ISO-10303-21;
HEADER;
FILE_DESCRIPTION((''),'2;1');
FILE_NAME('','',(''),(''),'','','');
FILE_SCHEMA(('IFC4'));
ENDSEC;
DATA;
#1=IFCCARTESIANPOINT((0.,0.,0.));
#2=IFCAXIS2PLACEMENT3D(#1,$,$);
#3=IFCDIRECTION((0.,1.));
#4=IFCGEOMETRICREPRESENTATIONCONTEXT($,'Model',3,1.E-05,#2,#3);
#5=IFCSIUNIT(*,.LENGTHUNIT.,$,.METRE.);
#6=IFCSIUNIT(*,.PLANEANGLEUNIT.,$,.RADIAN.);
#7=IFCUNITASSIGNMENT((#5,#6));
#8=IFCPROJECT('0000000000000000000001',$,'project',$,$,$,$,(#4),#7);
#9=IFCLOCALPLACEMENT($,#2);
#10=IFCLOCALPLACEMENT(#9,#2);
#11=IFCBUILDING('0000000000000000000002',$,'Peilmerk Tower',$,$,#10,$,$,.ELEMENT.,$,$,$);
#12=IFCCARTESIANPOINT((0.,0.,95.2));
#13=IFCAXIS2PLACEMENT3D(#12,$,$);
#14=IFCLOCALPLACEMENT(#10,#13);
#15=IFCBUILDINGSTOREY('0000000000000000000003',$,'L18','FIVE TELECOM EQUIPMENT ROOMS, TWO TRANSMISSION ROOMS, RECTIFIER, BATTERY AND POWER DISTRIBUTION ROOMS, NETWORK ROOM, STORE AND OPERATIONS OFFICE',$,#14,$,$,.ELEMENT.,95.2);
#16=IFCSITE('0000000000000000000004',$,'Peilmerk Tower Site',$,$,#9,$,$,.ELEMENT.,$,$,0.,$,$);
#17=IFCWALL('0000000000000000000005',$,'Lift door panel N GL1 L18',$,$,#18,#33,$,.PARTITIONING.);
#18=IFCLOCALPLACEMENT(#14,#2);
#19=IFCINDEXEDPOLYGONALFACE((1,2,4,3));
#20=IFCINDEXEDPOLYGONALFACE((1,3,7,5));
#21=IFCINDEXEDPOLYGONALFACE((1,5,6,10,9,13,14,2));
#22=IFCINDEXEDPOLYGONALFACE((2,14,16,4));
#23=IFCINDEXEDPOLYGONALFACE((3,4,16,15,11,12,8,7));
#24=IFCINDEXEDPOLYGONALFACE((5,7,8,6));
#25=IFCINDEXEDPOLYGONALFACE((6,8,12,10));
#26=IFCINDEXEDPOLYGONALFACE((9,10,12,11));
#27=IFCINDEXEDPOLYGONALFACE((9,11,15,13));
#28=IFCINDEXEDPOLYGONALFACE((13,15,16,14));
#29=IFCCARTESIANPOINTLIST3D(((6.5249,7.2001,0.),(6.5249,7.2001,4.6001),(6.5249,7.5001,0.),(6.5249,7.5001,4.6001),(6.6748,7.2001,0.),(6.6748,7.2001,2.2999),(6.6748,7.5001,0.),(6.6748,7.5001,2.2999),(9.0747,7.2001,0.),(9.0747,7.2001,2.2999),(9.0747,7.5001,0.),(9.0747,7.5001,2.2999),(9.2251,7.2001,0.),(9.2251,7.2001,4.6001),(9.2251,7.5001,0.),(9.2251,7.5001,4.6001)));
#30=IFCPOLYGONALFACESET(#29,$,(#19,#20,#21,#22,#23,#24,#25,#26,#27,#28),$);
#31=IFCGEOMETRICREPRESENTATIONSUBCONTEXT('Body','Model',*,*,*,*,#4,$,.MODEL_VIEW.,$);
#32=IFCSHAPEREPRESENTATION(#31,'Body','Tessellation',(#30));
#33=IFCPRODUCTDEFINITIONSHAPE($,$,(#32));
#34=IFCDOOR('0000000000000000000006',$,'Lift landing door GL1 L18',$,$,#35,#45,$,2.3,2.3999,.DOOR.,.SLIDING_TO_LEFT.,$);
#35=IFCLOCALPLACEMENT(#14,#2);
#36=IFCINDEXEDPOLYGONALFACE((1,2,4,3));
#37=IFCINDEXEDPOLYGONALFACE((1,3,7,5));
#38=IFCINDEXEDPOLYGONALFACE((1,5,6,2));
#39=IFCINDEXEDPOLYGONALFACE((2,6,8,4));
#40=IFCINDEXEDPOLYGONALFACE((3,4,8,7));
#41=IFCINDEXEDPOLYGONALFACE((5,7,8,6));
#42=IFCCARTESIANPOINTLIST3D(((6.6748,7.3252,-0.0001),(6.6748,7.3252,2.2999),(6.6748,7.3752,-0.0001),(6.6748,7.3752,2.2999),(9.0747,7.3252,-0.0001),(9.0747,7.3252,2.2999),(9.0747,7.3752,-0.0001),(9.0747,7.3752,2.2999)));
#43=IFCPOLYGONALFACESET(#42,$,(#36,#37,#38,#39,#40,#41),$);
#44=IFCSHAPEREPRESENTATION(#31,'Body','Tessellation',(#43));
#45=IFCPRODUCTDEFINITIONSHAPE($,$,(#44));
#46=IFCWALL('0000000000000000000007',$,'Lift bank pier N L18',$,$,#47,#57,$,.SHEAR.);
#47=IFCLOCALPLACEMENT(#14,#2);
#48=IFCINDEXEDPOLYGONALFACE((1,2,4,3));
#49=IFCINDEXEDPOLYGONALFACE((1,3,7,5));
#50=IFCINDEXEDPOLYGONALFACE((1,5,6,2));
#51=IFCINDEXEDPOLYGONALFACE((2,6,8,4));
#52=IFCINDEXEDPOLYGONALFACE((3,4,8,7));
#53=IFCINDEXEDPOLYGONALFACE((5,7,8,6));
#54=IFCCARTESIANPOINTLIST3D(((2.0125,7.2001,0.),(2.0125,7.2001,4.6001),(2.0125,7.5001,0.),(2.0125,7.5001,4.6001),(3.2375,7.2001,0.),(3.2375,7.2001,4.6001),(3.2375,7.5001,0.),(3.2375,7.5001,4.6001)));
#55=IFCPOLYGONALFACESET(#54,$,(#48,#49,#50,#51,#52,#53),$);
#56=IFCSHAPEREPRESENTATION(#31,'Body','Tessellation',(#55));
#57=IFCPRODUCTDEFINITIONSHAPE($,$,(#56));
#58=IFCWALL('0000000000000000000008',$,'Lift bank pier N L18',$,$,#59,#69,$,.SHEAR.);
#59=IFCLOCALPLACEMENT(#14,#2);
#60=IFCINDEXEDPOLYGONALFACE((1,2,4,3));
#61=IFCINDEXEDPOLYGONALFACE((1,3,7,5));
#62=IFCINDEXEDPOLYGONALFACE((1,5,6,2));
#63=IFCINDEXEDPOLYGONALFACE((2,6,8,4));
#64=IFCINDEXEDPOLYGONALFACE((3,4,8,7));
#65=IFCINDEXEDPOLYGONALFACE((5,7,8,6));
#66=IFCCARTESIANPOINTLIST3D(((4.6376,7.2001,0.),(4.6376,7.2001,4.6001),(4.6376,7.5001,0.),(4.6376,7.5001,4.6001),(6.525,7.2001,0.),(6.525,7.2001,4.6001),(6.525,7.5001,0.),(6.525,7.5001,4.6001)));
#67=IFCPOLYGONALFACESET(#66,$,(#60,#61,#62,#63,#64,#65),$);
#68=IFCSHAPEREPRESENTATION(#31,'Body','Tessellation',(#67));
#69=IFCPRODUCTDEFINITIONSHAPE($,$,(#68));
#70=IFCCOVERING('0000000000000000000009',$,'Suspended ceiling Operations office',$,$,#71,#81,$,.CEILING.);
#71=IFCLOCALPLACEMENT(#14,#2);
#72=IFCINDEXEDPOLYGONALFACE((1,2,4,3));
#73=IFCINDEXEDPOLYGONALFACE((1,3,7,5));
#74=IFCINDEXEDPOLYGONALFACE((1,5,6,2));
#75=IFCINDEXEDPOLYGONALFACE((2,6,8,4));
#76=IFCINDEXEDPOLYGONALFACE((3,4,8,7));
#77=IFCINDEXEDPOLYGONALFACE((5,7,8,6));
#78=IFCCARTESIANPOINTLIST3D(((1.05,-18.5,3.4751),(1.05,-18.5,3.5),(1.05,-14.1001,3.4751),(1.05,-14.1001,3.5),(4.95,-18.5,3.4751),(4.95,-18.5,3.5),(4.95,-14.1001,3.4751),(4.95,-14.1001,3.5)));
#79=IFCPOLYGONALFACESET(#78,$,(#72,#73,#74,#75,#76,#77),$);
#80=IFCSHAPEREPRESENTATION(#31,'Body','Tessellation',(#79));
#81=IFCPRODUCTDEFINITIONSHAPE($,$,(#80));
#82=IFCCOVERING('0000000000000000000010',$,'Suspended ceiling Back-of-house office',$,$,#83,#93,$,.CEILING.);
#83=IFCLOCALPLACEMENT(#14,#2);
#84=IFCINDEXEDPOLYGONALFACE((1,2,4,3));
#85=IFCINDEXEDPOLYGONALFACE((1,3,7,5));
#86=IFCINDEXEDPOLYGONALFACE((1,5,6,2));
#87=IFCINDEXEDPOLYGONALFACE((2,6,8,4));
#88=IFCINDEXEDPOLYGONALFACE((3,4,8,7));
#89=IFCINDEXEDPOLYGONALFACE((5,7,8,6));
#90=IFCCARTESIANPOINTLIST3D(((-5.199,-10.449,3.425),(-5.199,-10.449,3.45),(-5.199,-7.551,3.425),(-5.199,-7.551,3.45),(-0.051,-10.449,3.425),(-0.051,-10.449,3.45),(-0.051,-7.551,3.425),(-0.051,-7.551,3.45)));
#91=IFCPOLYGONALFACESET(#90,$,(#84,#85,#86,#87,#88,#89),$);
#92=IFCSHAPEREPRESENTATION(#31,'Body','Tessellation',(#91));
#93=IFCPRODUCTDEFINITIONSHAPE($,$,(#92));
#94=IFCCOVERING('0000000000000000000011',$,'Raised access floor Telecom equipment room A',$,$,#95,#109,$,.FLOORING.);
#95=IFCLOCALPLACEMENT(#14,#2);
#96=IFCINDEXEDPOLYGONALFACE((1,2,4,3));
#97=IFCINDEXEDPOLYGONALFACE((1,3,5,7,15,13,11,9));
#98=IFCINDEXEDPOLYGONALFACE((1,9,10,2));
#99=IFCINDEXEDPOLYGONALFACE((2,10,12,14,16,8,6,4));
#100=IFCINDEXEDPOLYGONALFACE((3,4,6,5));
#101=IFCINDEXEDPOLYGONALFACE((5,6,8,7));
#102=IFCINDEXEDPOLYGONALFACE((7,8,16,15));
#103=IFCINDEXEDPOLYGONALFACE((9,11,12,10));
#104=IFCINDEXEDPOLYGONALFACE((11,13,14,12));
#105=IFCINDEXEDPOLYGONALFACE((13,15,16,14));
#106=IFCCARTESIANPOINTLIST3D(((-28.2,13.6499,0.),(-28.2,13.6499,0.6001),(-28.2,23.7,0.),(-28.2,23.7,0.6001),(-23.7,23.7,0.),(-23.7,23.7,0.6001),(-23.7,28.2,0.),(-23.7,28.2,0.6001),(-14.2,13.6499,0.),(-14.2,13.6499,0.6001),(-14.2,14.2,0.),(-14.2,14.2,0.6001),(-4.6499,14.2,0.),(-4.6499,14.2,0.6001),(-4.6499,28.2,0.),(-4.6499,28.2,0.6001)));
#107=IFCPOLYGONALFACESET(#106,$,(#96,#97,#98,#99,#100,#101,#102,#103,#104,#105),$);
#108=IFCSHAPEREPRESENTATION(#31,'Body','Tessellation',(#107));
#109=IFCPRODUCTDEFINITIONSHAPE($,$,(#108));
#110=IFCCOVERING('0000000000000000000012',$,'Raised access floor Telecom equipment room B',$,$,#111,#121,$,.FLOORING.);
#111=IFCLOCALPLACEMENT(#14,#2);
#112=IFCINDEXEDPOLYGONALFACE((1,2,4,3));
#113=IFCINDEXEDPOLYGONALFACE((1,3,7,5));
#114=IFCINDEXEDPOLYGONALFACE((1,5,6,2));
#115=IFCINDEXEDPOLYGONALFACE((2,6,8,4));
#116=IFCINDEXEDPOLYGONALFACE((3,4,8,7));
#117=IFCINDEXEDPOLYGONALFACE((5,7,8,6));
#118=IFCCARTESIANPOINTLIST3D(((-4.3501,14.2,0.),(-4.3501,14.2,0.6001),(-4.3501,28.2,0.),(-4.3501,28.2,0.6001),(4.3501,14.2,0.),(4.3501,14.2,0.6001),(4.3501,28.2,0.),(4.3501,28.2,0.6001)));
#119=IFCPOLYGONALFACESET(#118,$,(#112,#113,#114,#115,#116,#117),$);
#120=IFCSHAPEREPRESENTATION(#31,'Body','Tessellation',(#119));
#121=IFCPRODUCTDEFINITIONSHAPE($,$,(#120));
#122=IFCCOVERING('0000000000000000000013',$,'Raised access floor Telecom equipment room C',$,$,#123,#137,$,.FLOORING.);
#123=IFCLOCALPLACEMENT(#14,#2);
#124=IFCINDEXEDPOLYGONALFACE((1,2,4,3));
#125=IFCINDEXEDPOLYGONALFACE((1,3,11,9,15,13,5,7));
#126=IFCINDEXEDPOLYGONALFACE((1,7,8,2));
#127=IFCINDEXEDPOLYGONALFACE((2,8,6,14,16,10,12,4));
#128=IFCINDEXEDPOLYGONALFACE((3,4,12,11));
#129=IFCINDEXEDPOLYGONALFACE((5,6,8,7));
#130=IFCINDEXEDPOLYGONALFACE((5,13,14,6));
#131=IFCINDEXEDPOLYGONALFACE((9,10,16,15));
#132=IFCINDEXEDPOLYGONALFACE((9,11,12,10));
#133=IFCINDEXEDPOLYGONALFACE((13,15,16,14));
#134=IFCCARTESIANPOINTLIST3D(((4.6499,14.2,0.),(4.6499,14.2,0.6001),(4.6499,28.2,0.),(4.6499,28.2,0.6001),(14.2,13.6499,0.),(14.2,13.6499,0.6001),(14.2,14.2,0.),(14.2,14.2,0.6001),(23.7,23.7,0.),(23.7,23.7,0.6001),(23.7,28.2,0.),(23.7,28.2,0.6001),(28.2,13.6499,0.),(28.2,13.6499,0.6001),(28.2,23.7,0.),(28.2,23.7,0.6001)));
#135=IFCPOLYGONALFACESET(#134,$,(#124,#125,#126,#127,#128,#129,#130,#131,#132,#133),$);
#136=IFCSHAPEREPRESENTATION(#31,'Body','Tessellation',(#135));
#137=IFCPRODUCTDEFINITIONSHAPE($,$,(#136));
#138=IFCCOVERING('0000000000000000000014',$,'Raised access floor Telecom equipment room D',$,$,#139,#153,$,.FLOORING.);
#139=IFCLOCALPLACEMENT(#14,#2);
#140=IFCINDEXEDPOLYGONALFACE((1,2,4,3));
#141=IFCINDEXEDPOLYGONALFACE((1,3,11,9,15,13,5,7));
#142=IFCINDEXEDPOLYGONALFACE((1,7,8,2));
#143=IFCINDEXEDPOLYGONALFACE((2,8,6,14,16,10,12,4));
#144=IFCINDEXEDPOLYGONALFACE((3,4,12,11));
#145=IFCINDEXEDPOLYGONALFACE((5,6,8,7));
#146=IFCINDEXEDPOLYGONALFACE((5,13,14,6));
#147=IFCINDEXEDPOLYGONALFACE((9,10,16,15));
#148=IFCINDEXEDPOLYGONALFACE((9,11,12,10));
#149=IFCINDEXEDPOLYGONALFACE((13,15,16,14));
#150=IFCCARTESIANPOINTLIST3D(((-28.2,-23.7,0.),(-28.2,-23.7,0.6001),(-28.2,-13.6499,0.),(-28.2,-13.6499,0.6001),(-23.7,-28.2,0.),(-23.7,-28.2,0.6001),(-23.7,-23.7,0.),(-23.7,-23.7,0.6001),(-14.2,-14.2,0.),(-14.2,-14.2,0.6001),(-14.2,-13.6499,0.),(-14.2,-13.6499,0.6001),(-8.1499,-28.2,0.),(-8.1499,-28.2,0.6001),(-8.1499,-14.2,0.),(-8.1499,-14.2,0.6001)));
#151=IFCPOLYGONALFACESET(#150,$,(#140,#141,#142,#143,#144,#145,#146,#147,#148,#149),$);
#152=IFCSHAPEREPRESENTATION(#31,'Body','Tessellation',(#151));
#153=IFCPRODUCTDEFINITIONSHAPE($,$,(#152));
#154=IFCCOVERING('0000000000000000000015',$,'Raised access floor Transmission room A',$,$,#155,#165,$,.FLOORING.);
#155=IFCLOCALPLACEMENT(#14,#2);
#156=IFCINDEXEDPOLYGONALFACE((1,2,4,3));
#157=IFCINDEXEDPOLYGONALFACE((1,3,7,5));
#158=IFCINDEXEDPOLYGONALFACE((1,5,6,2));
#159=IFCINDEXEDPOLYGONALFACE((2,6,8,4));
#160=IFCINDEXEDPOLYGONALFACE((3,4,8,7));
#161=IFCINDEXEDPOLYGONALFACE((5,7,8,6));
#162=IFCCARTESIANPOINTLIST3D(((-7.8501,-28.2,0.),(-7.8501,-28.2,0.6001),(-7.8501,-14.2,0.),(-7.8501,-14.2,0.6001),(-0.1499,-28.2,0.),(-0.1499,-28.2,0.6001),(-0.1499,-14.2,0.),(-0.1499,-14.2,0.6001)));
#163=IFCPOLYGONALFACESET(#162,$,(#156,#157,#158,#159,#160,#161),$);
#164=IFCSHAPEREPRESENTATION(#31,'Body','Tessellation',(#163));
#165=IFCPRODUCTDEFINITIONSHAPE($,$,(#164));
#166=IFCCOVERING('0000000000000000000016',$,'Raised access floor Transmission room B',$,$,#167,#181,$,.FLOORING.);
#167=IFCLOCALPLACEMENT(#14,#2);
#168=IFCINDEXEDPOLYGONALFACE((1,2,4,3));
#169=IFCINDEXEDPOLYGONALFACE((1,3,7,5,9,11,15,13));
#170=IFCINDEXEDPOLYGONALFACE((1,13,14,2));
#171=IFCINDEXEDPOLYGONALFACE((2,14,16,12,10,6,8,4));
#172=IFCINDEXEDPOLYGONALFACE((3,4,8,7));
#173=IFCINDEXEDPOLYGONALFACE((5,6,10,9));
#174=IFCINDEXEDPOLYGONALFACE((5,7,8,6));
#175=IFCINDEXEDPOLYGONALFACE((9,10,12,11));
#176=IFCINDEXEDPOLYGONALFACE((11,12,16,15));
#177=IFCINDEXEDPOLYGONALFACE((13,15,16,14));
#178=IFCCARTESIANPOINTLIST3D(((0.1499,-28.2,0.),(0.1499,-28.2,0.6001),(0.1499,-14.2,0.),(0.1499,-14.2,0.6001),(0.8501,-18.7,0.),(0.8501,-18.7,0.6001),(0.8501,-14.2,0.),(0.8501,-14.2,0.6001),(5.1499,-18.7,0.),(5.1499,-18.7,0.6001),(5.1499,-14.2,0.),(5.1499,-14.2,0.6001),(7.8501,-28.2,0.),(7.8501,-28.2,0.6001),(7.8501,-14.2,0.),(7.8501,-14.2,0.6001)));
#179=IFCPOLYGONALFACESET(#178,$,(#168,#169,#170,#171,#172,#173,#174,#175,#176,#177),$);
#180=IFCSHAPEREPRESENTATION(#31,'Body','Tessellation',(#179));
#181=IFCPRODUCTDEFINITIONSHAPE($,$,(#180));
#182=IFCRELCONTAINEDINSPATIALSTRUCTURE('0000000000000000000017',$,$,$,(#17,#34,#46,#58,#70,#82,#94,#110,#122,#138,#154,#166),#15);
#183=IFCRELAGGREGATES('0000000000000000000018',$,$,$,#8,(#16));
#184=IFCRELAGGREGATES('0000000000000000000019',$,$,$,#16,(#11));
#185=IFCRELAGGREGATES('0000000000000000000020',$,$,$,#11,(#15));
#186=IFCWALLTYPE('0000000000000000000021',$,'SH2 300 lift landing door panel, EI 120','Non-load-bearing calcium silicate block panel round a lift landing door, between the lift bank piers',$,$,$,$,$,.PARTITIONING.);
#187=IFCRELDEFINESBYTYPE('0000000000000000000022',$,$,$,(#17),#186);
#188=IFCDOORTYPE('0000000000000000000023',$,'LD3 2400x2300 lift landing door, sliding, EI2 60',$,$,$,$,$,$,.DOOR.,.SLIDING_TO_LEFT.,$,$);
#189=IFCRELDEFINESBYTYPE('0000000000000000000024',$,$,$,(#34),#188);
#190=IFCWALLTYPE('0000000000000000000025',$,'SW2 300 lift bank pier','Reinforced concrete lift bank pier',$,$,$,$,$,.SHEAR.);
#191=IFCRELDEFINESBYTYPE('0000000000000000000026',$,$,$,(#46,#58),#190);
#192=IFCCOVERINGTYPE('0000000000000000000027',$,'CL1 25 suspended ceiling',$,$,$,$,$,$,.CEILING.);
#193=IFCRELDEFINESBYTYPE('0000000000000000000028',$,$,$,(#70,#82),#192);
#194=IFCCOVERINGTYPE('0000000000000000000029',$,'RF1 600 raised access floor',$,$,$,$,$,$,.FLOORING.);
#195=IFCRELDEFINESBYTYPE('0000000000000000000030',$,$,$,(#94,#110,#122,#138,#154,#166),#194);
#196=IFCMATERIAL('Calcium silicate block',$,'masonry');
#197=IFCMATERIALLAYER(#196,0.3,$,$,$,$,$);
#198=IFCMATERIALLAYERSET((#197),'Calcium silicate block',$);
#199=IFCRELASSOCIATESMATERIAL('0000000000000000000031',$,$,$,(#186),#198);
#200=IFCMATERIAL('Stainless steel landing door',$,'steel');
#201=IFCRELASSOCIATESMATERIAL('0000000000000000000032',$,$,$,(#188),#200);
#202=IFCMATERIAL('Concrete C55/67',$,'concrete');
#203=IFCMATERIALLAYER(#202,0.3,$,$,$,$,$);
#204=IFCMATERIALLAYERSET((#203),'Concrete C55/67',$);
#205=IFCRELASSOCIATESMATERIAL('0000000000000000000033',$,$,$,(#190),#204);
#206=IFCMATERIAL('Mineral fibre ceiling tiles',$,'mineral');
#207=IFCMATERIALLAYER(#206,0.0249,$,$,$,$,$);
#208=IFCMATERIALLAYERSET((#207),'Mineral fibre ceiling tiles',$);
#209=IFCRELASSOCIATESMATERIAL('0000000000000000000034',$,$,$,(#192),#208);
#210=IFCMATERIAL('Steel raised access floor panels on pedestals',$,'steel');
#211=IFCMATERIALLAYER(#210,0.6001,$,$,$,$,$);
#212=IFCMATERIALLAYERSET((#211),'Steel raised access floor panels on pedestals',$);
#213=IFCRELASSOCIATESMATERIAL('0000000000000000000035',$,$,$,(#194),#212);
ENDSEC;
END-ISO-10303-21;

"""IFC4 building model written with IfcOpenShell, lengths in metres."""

from ifc_helpers import new_model, si_unit, direction, frame, frame_2d, origin, place, context, subcontext, project, spatial, polyline, rectangle, outline, extrude, material, layer, layer_set, type_object, element, fill, save


model = new_model("IFC4")

# Units and contexts
model_context = context("Model", 3, precision=1e-05, world=origin(), true_north=direction((0.0, 1.0)))
body_context = subcontext(model_context, "Body", "Model", "MODEL_VIEW")
ifc_project = project(units=[si_unit("LENGTHUNIT", "METRE"), si_unit("PLANEANGLEUNIT", "RADIAN")], contexts=[model_context])

# Site, building, storey
site_placement = place(None, origin())
site = spatial("IfcSite", under=ifc_project, at=site_placement, Name="Peilmerk Tower Site", CompositionType="ELEMENT", RefElevation=0.0)
building_placement = place(site_placement, origin())
building = spatial("IfcBuilding", under=site, at=building_placement, Name="Peilmerk Tower", CompositionType="ELEMENT")
storey_placement = place(building_placement, frame((0.0, 0.0, 95.2)))
storey = spatial("IfcBuildingStorey", under=building, at=storey_placement, Name="L18", Description="FIVE TELECOM EQUIPMENT ROOMS, TWO TRANSMISSION ROOMS, RECTIFIER, BATTERY AND POWER DISTRIBUTION ROOMS, NETWORK ROOM, STORE AND OPERATIONS OFFICE", CompositionType="ELEMENT", Elevation=95.2)

# Shared definitions
ifc_material_1 = material(Name="Calcium silicate block", Category="masonry")
ifc_layer_1 = layer(ifc_material_1, 0.3)
ifc_layer_set_1 = layer_set([ifc_layer_1], Name="Calcium silicate block")
wall_type_1 = type_object("IfcWallType", Name="SH2 300 lift landing door panel, EI 120", Description="Non-load-bearing calcium silicate block panel round a lift landing door, between the lift bank piers", PredefinedType="PARTITIONING", material=ifc_layer_set_1)

# Wall, opening, door
wall_1_placement = place(storey_placement, frame((6.5249, 7.3501, 0.0), z_axis=(0.0, 0.0, 1.0), x_axis=(1.0, 0.0, 0.0)))
wall_1 = element("IfcWall", 1, at=wall_1_placement, inside=storey, type_object=wall_type_1, Name="Lift door panel N GL1 L18", PredefinedType="PARTITIONING", context=body_context, shape_type="SweptSolid", body=[
    extrude(rectangle(XDim=2.7002, YDim=0.3, at=frame_2d((1.3501, 0.0))), origin(), (0.0, 0.0, 1.0), 4.6001),
])
opening_1_placement = place(wall_1_placement, frame((0.1499, 0.0, 0.0)))
opening_1 = element("IfcOpeningElement", 2, at=opening_1_placement, cuts=wall_1, PredefinedType="OPENING", context=body_context, shape_type="SweptSolid", body=[
    extrude(rectangle(XDim=2.3999, YDim=2.3, at=frame_2d((1.2, 1.1499))), frame((0.0, 0.1599, 0.0), z_axis=(0.0, -1.0, 0.0), x_axis=(1.0, 0.0, 0.0)), (0.0, 0.0, 1.0), 0.3201),
])
ifc_material_2 = material(Name="Stainless steel landing door", Category="steel")
door_type_1 = type_object("IfcDoorType", Name="LD3 2400x2300 lift landing door, sliding, EI2 60", OperationType="SLIDING_TO_LEFT", PredefinedType="DOOR", material=ifc_material_2)
door_1_placement = place(opening_1_placement, frame((2.3999, 0.0, 0.0), z_axis=(0.0, 0.0, 1.0), x_axis=(-1.0, 0.0, 0.0)))
door_1 = element("IfcDoor", 3, at=door_1_placement, inside=storey, type_object=door_type_1, Name="Lift landing door GL1 L18", OperationType="SLIDING_TO_LEFT", OverallHeight=2.3, OverallWidth=2.3999, PredefinedType="DOOR", context=body_context, shape_type="SweptSolid", body=[
    extrude(rectangle(XDim=2.3999, YDim=2.3, at=frame_2d((1.2, 1.1499))), frame((0.0, 0.0249, 0.0), z_axis=(0.0, -1.0, 0.0), x_axis=(1.0, 0.0, 0.0)), (0.0, 0.0, 1.0), 0.05),
])
fill(opening_1, door_1)

# Walls
ifc_material_3 = material(Name="Concrete C55/67", Category="concrete")
ifc_layer_2 = layer(ifc_material_3, 0.3)
ifc_layer_set_2 = layer_set([ifc_layer_2], Name="Concrete C55/67")
wall_type_2 = type_object("IfcWallType", Name="SW2 300 lift bank pier", Description="Reinforced concrete lift bank pier", PredefinedType="SHEAR", material=ifc_layer_set_2)
wall_2_placement = place(storey_placement, frame((2.0125, 7.3501, 0.0), z_axis=(0.0, 0.0, 1.0), x_axis=(1.0, 0.0, 0.0)))
element("IfcWall", 4, at=wall_2_placement, inside=storey, type_object=wall_type_2, Name="Lift bank pier N L18", PredefinedType="SHEAR", context=body_context, shape_type="SweptSolid", body=[
    extrude(rectangle(XDim=1.2251, YDim=0.3, at=frame_2d((0.6125, 0.0))), origin(), (0.0, 0.0, 1.0), 4.6001),
])
wall_3_placement = place(storey_placement, frame((4.6375, 7.3501, 0.0), z_axis=(0.0, 0.0, 1.0), x_axis=(1.0, 0.0, 0.0)))
element("IfcWall", 5, at=wall_3_placement, inside=storey, type_object=wall_type_2, Name="Lift bank pier N L18", PredefinedType="SHEAR", context=body_context, shape_type="SweptSolid", body=[
    extrude(rectangle(XDim=1.8875, YDim=0.3, at=frame_2d((0.9438, 0.0))), origin(), (0.0, 0.0, 1.0), 4.6001),
])

# Coverings
ifc_material_4 = material(Name="Mineral fibre ceiling tiles", Category="mineral")
ifc_layer_3 = layer(ifc_material_4, 0.0249)
ifc_layer_set_3 = layer_set([ifc_layer_3], Name="Mineral fibre ceiling tiles")
covering_type_1 = type_object("IfcCoveringType", Name="CL1 25 suspended ceiling", PredefinedType="CEILING", material=ifc_layer_set_3)
covering_1_placement = place(storey_placement, frame((0.0, 0.0, 3.4751)))
element("IfcCovering", 6, at=covering_1_placement, inside=storey, type_object=covering_type_1, Name="Suspended ceiling Operations office", PredefinedType="CEILING", context=body_context, shape_type="SweptSolid", body=[
    extrude(outline(polyline([(4.95, -18.5), (4.95, -14.1001), (1.05, -14.1001), (1.05, -18.5), (4.95, -18.5)])), origin(), (0.0, 0.0, 1.0), 0.0249),
])
covering_2_placement = place(storey_placement, frame((0.0, 0.0, 3.425)))
element("IfcCovering", 7, at=covering_2_placement, inside=storey, type_object=covering_type_1, Name="Suspended ceiling Back-of-house office", PredefinedType="CEILING", context=body_context, shape_type="SweptSolid", body=[
    extrude(outline(polyline([(-5.199, -10.449), (-0.051, -10.449), (-0.051, -7.551), (-5.199, -7.551), (-5.199, -10.449)])), origin(), (0.0, 0.0, 1.0), 0.0249),
])
ifc_material_5 = material(Name="Steel raised access floor panels on pedestals", Category="steel")
ifc_layer_4 = layer(ifc_material_5, 0.6001)
ifc_layer_set_4 = layer_set([ifc_layer_4], Name="Steel raised access floor panels on pedestals")
covering_type_2 = type_object("IfcCoveringType", Name="RF1 600 raised access floor", PredefinedType="FLOORING", material=ifc_layer_set_4)
covering_3_placement = place(storey_placement, origin())
element("IfcCovering", 8, at=covering_3_placement, inside=storey, type_object=covering_type_2, Name="Raised access floor Telecom equipment room A", PredefinedType="FLOORING", context=body_context, shape_type="SweptSolid", body=[
    extrude(outline(polyline([(-28.2, 23.7), (-28.2, 13.6499), (-14.2, 13.6499), (-14.2, 14.2), (-4.6499, 14.2), (-4.6499, 28.2), (-23.7, 28.2), (-23.7, 23.7), (-28.2, 23.7)])), origin(), (0.0, 0.0, 1.0), 0.6001),
])
covering_4_placement = place(storey_placement, origin())
element("IfcCovering", 9, at=covering_4_placement, inside=storey, type_object=covering_type_2, Name="Raised access floor Telecom equipment room B", PredefinedType="FLOORING", context=body_context, shape_type="SweptSolid", body=[
    extrude(outline(polyline([(4.3501, 28.2), (-4.3501, 28.2), (-4.3501, 14.2), (4.3501, 14.2), (4.3501, 28.2)])), origin(), (0.0, 0.0, 1.0), 0.6001),
])
covering_5_placement = place(storey_placement, origin())
element("IfcCovering", 10, at=covering_5_placement, inside=storey, type_object=covering_type_2, Name="Raised access floor Telecom equipment room C", PredefinedType="FLOORING", context=body_context, shape_type="SweptSolid", body=[
    extrude(outline(polyline([(23.7, 28.2), (4.6499, 28.2), (4.6499, 14.2), (14.2, 14.2), (14.2, 13.6499), (28.2, 13.6499), (28.2, 23.7), (23.7, 23.7), (23.7, 28.2)])), origin(), (0.0, 0.0, 1.0), 0.6001),
])
covering_6_placement = place(storey_placement, origin())
element("IfcCovering", 11, at=covering_6_placement, inside=storey, type_object=covering_type_2, Name="Raised access floor Telecom equipment room D", PredefinedType="FLOORING", context=body_context, shape_type="SweptSolid", body=[
    extrude(outline(polyline([(-23.7, -28.2), (-8.1499, -28.2), (-8.1499, -14.2), (-14.2, -14.2), (-14.2, -13.6499), (-28.2, -13.6499), (-28.2, -23.7), (-23.7, -23.7), (-23.7, -28.2)])), origin(), (0.0, 0.0, 1.0), 0.6001),
])
covering_7_placement = place(storey_placement, origin())
element("IfcCovering", 12, at=covering_7_placement, inside=storey, type_object=covering_type_2, Name="Raised access floor Transmission room A", PredefinedType="FLOORING", context=body_context, shape_type="SweptSolid", body=[
    extrude(outline(polyline([(-7.8501, -28.2), (-0.1499, -28.2), (-0.1499, -14.2), (-7.8501, -14.2), (-7.8501, -28.2)])), origin(), (0.0, 0.0, 1.0), 0.6001),
])
covering_8_placement = place(storey_placement, origin())
element("IfcCovering", 13, at=covering_8_placement, inside=storey, type_object=covering_type_2, Name="Raised access floor Transmission room B", PredefinedType="FLOORING", context=body_context, shape_type="SweptSolid", body=[
    extrude(outline(polyline([(0.1499, -14.2), (0.1499, -28.2), (7.8501, -28.2), (7.8501, -14.2), (5.1499, -14.2), (5.1499, -18.7), (0.8501, -18.7), (0.8501, -14.2), (0.1499, -14.2)])), origin(), (0.0, 0.0, 1.0), 0.6001),
])

save(model, "model.ifc")
